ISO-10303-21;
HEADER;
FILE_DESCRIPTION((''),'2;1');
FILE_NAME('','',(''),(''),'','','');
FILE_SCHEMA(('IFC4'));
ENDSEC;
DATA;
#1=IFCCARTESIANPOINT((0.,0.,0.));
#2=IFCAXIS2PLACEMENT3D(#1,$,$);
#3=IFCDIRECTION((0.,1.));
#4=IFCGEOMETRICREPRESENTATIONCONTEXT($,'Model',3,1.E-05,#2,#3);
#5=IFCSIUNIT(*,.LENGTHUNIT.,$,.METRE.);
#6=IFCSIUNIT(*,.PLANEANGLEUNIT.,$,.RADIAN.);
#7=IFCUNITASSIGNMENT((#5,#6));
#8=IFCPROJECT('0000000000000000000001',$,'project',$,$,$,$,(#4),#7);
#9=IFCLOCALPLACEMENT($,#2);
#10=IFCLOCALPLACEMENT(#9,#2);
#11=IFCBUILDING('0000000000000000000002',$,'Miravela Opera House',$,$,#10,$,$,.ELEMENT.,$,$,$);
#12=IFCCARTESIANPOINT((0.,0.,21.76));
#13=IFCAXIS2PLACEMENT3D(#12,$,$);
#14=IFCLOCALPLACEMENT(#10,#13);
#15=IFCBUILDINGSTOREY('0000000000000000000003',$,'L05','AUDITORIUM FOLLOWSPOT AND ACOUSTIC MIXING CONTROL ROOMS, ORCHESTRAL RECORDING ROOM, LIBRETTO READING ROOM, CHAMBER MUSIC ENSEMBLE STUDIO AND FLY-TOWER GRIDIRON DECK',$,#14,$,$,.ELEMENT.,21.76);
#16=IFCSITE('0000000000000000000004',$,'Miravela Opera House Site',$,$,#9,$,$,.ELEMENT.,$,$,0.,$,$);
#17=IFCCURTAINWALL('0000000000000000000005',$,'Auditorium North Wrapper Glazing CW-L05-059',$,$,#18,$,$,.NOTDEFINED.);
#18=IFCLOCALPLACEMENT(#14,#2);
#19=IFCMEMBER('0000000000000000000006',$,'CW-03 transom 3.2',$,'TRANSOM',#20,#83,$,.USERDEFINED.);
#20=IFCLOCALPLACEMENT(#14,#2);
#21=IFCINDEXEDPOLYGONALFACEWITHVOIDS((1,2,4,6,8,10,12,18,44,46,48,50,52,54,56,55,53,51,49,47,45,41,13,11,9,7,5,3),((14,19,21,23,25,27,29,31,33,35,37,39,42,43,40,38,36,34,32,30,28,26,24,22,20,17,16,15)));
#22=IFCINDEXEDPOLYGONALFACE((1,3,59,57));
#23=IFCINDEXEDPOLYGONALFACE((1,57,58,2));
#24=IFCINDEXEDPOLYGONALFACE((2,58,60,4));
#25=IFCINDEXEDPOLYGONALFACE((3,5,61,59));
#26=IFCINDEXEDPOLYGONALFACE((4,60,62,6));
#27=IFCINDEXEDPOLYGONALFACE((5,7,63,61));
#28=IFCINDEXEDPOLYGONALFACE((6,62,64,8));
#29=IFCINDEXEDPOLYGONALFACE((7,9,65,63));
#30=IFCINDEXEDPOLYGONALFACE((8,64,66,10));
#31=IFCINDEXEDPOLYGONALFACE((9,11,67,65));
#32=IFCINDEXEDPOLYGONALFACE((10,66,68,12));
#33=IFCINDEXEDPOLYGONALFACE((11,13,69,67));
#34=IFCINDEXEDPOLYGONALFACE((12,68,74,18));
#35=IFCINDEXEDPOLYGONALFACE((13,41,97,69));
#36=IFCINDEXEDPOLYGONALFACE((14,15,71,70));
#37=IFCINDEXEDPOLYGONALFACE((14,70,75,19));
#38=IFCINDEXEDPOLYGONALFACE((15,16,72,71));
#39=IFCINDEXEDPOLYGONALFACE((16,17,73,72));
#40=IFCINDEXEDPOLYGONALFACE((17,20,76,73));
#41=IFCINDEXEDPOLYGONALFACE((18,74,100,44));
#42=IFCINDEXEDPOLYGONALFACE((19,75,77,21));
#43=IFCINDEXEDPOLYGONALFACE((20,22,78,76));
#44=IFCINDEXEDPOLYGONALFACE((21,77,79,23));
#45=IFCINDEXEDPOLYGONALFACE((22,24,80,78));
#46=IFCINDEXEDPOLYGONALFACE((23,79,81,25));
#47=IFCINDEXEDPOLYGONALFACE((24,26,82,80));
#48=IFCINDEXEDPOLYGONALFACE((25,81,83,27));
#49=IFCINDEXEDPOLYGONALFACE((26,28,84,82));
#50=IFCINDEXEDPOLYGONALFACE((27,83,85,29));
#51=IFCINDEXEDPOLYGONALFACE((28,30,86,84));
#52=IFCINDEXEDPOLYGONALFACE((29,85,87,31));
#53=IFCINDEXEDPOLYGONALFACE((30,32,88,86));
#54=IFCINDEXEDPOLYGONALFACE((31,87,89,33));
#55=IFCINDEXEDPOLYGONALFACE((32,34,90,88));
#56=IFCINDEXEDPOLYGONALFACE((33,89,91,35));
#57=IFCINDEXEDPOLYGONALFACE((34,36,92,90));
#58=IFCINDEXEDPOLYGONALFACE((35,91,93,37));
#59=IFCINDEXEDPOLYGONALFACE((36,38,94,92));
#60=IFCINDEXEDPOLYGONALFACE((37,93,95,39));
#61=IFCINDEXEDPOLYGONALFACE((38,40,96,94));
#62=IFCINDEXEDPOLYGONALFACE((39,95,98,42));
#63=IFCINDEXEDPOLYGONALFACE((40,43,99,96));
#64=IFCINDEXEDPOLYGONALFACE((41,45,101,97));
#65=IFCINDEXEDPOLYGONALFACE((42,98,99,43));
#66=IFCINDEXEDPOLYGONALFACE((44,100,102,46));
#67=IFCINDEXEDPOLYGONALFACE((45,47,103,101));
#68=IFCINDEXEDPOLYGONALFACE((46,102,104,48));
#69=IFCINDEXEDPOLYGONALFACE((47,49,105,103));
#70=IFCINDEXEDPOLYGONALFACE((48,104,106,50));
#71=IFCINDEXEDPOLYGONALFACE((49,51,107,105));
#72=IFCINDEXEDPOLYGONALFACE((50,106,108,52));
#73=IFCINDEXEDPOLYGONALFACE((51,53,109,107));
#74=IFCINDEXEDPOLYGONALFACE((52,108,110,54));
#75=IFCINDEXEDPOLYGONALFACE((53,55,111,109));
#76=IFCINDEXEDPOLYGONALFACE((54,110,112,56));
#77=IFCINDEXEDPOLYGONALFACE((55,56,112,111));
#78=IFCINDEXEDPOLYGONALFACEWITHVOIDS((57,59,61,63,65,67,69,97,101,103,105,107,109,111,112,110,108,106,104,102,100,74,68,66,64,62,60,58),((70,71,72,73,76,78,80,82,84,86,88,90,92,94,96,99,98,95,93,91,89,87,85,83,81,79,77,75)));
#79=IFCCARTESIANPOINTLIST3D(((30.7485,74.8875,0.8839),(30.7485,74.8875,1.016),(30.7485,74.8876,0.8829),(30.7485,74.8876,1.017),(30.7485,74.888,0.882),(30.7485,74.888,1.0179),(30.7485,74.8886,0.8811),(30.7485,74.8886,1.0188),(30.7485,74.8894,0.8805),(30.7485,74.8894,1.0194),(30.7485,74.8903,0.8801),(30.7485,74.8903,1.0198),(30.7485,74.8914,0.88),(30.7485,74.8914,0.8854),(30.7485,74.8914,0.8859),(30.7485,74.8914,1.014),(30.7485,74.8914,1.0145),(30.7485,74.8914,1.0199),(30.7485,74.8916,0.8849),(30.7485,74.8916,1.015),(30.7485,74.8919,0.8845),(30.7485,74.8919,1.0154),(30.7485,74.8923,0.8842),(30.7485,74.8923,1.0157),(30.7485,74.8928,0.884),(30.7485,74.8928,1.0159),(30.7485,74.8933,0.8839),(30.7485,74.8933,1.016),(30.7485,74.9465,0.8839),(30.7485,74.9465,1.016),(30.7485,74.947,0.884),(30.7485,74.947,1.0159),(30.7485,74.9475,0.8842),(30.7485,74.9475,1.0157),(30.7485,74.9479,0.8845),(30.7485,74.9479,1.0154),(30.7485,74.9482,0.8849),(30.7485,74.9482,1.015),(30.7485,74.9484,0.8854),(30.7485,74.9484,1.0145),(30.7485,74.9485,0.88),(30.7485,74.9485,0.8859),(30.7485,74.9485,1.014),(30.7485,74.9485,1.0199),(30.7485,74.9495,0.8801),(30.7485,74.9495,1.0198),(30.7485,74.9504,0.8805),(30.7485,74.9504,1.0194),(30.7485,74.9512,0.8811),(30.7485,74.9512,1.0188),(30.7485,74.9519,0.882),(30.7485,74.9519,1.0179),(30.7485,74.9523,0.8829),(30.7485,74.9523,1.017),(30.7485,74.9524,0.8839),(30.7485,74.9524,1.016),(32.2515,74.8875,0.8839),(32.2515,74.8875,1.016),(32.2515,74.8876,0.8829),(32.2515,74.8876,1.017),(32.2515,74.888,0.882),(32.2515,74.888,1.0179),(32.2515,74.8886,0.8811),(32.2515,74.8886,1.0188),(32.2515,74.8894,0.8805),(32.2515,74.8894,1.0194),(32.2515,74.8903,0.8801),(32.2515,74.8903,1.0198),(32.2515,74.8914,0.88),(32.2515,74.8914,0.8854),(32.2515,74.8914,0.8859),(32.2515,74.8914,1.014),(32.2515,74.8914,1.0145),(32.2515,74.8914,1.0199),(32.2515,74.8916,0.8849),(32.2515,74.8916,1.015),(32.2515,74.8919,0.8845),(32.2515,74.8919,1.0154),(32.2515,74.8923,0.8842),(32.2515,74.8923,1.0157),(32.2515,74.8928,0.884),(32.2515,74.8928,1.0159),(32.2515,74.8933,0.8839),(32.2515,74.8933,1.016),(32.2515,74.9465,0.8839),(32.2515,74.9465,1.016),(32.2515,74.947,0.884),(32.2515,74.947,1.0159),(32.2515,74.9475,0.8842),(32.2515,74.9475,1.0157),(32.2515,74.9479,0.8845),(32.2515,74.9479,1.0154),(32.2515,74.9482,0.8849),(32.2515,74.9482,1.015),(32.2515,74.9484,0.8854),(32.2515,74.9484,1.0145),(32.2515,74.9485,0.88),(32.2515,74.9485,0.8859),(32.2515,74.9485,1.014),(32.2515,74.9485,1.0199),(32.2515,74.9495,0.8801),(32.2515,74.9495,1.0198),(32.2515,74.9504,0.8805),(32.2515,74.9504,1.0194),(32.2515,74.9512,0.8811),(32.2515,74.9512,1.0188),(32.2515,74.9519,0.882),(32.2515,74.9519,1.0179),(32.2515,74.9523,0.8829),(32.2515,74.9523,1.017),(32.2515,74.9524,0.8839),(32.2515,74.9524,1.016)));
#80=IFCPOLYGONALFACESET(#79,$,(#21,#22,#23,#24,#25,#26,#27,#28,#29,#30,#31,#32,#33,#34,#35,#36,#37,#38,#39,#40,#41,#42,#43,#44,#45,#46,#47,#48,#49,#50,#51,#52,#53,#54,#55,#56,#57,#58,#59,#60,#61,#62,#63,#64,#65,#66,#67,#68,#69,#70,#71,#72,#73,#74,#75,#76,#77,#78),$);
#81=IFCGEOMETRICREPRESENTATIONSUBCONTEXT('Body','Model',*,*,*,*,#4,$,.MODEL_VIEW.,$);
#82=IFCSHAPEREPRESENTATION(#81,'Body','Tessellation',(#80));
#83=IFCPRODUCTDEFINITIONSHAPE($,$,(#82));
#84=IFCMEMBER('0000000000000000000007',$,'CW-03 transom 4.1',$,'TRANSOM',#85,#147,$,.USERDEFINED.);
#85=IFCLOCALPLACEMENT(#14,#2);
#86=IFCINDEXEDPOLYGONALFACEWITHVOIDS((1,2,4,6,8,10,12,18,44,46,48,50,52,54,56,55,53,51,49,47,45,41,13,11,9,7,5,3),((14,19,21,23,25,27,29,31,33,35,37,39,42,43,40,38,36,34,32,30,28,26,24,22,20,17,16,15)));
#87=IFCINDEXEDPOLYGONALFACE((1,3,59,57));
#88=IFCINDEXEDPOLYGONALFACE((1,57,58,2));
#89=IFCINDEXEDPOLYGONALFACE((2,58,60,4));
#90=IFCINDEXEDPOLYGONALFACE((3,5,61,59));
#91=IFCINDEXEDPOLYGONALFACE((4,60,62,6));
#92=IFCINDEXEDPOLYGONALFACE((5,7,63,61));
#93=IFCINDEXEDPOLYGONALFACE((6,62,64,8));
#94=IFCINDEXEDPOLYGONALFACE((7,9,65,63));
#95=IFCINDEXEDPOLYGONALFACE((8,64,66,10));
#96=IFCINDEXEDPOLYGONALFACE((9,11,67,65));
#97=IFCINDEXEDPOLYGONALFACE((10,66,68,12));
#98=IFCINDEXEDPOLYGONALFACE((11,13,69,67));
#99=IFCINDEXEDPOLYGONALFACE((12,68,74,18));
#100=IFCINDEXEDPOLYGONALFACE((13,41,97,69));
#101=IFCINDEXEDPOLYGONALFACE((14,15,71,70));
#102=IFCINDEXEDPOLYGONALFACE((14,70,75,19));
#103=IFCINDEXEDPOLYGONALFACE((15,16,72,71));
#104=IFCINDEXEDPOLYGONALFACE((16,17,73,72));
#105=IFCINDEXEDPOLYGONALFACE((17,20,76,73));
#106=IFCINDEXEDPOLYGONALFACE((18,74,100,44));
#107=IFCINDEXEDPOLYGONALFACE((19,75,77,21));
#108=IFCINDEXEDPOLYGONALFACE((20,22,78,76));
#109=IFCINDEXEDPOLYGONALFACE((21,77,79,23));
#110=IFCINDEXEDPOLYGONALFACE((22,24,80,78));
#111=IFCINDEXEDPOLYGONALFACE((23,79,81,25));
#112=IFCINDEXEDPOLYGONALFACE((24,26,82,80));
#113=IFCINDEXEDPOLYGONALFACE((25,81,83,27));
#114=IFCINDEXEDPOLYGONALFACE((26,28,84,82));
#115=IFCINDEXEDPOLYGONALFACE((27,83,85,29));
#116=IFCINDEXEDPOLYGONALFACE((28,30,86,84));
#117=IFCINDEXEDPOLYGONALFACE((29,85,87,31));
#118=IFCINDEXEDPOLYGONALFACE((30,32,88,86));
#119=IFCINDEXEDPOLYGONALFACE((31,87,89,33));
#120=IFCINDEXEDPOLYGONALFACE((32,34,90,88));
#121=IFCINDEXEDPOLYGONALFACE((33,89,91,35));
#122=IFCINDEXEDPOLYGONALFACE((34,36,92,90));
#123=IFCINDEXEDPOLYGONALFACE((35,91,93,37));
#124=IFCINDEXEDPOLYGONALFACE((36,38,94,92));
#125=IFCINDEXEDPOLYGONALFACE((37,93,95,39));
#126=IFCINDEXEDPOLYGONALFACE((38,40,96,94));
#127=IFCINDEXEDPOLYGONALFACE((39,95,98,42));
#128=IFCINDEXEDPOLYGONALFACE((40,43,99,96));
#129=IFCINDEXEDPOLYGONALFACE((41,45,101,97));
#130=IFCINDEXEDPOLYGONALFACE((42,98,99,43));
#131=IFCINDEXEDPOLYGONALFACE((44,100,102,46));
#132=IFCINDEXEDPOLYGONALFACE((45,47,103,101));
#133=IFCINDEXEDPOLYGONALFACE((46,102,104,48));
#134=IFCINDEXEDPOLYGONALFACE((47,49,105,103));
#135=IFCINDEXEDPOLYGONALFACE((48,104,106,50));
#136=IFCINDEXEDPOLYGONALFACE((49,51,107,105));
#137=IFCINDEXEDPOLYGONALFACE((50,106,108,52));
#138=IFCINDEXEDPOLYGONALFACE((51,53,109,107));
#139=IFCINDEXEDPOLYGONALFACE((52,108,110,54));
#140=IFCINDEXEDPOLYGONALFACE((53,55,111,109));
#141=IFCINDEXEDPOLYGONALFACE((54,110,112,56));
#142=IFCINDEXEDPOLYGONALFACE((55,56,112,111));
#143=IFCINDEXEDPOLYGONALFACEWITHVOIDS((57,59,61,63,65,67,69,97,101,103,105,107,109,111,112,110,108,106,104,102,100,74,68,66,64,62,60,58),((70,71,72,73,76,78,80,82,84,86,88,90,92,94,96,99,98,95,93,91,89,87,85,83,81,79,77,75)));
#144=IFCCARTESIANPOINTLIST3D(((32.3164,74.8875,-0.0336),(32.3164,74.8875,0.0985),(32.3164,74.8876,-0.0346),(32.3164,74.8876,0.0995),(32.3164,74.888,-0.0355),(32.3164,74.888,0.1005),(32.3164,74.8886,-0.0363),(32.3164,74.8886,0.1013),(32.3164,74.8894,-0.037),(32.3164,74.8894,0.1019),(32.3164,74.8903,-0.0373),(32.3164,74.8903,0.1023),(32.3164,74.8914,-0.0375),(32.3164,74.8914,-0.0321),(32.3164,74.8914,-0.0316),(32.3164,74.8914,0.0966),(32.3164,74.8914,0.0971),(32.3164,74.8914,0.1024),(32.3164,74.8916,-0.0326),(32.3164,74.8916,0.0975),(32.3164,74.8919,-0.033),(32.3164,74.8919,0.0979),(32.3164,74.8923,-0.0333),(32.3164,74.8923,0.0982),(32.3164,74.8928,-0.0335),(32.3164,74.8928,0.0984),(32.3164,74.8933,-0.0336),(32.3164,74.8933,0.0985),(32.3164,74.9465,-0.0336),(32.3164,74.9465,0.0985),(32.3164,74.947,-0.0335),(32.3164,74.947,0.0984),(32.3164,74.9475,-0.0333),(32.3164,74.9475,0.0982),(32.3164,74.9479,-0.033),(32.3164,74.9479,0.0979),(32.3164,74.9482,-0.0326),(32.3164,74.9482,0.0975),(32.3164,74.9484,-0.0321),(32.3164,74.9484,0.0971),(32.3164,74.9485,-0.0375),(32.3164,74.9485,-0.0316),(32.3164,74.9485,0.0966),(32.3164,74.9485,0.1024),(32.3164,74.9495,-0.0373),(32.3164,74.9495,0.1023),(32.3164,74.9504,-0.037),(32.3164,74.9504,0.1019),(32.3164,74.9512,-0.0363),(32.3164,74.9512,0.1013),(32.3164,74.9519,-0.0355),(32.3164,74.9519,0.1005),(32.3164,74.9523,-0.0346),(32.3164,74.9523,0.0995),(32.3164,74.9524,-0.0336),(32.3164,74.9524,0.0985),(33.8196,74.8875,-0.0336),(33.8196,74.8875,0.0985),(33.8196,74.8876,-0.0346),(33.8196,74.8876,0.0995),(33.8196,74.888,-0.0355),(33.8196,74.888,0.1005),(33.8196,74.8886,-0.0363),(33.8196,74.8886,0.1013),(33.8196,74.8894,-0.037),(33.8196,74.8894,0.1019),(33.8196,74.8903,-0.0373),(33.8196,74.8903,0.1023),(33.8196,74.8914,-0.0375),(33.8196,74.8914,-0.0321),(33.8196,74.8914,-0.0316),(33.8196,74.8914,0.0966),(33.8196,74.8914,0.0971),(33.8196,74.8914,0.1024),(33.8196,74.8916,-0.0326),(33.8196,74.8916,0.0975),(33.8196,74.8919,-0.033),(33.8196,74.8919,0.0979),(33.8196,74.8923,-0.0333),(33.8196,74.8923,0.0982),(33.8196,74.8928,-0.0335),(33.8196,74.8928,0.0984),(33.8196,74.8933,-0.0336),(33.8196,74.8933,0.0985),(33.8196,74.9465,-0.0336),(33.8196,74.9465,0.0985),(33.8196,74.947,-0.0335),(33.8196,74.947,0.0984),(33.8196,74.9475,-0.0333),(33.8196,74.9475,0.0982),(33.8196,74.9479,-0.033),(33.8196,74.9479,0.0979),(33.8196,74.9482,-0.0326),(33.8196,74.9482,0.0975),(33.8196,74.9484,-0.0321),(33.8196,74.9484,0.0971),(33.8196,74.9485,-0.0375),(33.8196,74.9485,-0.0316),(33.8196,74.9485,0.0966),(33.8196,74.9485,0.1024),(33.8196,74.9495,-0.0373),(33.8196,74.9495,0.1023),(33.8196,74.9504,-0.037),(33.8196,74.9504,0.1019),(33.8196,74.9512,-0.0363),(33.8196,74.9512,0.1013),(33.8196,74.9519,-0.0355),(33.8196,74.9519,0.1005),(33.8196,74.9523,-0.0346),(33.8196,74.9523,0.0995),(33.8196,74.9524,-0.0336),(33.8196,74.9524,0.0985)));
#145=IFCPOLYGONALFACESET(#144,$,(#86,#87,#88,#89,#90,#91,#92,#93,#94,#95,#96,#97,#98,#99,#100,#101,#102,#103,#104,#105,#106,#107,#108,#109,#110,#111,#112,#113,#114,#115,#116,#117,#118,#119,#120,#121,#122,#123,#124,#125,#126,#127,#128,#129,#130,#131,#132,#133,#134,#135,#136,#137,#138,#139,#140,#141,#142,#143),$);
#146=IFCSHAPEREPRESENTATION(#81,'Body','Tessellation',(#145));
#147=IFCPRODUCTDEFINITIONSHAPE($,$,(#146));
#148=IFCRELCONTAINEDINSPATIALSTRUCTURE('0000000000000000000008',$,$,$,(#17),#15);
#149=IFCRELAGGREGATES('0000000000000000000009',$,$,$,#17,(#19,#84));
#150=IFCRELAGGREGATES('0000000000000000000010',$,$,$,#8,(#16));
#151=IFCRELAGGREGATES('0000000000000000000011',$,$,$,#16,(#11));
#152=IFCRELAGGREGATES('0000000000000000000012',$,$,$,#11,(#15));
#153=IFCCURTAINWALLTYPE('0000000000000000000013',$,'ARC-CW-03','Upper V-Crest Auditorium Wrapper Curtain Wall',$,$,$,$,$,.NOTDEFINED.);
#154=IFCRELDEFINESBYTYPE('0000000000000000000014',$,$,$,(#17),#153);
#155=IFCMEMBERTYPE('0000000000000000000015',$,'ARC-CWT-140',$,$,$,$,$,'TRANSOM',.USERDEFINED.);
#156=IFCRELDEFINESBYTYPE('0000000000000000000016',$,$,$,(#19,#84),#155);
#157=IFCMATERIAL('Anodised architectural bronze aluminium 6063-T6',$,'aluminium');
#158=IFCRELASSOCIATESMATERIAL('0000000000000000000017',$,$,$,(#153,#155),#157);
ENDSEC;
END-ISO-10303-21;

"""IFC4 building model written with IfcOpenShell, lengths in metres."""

from ifc_helpers import new_model, si_unit, direction, frame, origin, origin_2d, place, context, subcontext, project, spatial, hollow_rectangle, extrude, material, material_profile, profile_set, type_object, element, aggregate, save


model = new_model("IFC4")

# Units and contexts
model_context = context("Model", 3, precision=1e-05, world=origin(), true_north=direction((0.0, 1.0)))
body_context = subcontext(model_context, "Body", "Model", "MODEL_VIEW")
ifc_project = project(units=[si_unit("LENGTHUNIT", "METRE"), si_unit("PLANEANGLEUNIT", "RADIAN")], contexts=[model_context])

# Site, building, storey
site_placement = place(None, origin())
site = spatial("IfcSite", under=ifc_project, at=site_placement, Name="Miravela Opera House Site", CompositionType="ELEMENT", RefElevation=0.0)
building_placement = place(site_placement, origin())
building = spatial("IfcBuilding", under=site, at=building_placement, Name="Miravela Opera House", CompositionType="ELEMENT")
storey_placement = place(building_placement, frame((0.0, 0.0, 21.76)))
storey = spatial("IfcBuildingStorey", under=building, at=storey_placement, Name="L05", Description="AUDITORIUM FOLLOWSPOT AND ACOUSTIC MIXING CONTROL ROOMS, ORCHESTRAL RECORDING ROOM, LIBRETTO READING ROOM, CHAMBER MUSIC ENSEMBLE STUDIO AND FLY-TOWER GRIDIRON DECK", CompositionType="ELEMENT", Elevation=21.76)

# Curtain wall, members
ifc_material_1 = material(Name="Anodised architectural bronze aluminium 6063-T6", Category="aluminium")
curtain_wall_type = type_object("IfcCurtainWallType", Name="ARC-CW-03", Description="Upper V-Crest Auditorium Wrapper Curtain Wall", PredefinedType="NOTDEFINED", material=ifc_material_1)
curtain_wall_placement = place(storey_placement, origin())
curtain_wall = element("IfcCurtainWall", 1, at=curtain_wall_placement, inside=storey, type_object=curtain_wall_type, Name="Auditorium North Wrapper Glazing CW-L05-059", PredefinedType="NOTDEFINED")
ifc_material_profile_1 = material_profile(ifc_material_1, hollow_rectangle(XDim=0.0649, YDim=0.1399, WallThickness=0.0039, InnerFilletRadius=0.002, OuterFilletRadius=0.0039, at=origin_2d()), Name="CWT-65X140")
ifc_profile_set_1 = profile_set([ifc_material_profile_1])
member_type_1 = type_object("IfcMemberType", Name="ARC-CWT-140", ElementType="TRANSOM", PredefinedType="USERDEFINED", material=ifc_profile_set_1)
member_1_placement = place(storey_placement, frame((30.7485, 74.9199, 0.95), z_axis=(1.0, 0.0, 0.0), x_axis=(0.0, 1.0, 0.0)))
member_1 = element("IfcMember", 2, at=member_1_placement, type_object=member_type_1, Name="CW-03 transom 3.2", ObjectType="TRANSOM", PredefinedType="USERDEFINED", context=body_context, shape_type="SweptSolid", body=[
    extrude(hollow_rectangle(XDim=0.0649, YDim=0.1399, WallThickness=0.0039, InnerFilletRadius=0.002, OuterFilletRadius=0.0039, at=origin_2d()), origin(), (0.0, 0.0, 1.0), 1.5029),
])
member_2_placement = place(storey_placement, frame((32.3164, 74.9199, 0.0325), z_axis=(1.0, 0.0, 0.0), x_axis=(0.0, 1.0, 0.0)))
member_2 = element("IfcMember", 3, at=member_2_placement, type_object=member_type_1, Name="CW-03 transom 4.1", ObjectType="TRANSOM", PredefinedType="USERDEFINED", context=body_context, shape_type="SweptSolid", body=[
    extrude(hollow_rectangle(XDim=0.0649, YDim=0.1399, WallThickness=0.0039, InnerFilletRadius=0.002, OuterFilletRadius=0.0039, at=origin_2d()), origin(), (0.0, 0.0, 1.0), 1.5032),
])

aggregate(curtain_wall, [member_1, member_2])

save(model, "model.ifc")
